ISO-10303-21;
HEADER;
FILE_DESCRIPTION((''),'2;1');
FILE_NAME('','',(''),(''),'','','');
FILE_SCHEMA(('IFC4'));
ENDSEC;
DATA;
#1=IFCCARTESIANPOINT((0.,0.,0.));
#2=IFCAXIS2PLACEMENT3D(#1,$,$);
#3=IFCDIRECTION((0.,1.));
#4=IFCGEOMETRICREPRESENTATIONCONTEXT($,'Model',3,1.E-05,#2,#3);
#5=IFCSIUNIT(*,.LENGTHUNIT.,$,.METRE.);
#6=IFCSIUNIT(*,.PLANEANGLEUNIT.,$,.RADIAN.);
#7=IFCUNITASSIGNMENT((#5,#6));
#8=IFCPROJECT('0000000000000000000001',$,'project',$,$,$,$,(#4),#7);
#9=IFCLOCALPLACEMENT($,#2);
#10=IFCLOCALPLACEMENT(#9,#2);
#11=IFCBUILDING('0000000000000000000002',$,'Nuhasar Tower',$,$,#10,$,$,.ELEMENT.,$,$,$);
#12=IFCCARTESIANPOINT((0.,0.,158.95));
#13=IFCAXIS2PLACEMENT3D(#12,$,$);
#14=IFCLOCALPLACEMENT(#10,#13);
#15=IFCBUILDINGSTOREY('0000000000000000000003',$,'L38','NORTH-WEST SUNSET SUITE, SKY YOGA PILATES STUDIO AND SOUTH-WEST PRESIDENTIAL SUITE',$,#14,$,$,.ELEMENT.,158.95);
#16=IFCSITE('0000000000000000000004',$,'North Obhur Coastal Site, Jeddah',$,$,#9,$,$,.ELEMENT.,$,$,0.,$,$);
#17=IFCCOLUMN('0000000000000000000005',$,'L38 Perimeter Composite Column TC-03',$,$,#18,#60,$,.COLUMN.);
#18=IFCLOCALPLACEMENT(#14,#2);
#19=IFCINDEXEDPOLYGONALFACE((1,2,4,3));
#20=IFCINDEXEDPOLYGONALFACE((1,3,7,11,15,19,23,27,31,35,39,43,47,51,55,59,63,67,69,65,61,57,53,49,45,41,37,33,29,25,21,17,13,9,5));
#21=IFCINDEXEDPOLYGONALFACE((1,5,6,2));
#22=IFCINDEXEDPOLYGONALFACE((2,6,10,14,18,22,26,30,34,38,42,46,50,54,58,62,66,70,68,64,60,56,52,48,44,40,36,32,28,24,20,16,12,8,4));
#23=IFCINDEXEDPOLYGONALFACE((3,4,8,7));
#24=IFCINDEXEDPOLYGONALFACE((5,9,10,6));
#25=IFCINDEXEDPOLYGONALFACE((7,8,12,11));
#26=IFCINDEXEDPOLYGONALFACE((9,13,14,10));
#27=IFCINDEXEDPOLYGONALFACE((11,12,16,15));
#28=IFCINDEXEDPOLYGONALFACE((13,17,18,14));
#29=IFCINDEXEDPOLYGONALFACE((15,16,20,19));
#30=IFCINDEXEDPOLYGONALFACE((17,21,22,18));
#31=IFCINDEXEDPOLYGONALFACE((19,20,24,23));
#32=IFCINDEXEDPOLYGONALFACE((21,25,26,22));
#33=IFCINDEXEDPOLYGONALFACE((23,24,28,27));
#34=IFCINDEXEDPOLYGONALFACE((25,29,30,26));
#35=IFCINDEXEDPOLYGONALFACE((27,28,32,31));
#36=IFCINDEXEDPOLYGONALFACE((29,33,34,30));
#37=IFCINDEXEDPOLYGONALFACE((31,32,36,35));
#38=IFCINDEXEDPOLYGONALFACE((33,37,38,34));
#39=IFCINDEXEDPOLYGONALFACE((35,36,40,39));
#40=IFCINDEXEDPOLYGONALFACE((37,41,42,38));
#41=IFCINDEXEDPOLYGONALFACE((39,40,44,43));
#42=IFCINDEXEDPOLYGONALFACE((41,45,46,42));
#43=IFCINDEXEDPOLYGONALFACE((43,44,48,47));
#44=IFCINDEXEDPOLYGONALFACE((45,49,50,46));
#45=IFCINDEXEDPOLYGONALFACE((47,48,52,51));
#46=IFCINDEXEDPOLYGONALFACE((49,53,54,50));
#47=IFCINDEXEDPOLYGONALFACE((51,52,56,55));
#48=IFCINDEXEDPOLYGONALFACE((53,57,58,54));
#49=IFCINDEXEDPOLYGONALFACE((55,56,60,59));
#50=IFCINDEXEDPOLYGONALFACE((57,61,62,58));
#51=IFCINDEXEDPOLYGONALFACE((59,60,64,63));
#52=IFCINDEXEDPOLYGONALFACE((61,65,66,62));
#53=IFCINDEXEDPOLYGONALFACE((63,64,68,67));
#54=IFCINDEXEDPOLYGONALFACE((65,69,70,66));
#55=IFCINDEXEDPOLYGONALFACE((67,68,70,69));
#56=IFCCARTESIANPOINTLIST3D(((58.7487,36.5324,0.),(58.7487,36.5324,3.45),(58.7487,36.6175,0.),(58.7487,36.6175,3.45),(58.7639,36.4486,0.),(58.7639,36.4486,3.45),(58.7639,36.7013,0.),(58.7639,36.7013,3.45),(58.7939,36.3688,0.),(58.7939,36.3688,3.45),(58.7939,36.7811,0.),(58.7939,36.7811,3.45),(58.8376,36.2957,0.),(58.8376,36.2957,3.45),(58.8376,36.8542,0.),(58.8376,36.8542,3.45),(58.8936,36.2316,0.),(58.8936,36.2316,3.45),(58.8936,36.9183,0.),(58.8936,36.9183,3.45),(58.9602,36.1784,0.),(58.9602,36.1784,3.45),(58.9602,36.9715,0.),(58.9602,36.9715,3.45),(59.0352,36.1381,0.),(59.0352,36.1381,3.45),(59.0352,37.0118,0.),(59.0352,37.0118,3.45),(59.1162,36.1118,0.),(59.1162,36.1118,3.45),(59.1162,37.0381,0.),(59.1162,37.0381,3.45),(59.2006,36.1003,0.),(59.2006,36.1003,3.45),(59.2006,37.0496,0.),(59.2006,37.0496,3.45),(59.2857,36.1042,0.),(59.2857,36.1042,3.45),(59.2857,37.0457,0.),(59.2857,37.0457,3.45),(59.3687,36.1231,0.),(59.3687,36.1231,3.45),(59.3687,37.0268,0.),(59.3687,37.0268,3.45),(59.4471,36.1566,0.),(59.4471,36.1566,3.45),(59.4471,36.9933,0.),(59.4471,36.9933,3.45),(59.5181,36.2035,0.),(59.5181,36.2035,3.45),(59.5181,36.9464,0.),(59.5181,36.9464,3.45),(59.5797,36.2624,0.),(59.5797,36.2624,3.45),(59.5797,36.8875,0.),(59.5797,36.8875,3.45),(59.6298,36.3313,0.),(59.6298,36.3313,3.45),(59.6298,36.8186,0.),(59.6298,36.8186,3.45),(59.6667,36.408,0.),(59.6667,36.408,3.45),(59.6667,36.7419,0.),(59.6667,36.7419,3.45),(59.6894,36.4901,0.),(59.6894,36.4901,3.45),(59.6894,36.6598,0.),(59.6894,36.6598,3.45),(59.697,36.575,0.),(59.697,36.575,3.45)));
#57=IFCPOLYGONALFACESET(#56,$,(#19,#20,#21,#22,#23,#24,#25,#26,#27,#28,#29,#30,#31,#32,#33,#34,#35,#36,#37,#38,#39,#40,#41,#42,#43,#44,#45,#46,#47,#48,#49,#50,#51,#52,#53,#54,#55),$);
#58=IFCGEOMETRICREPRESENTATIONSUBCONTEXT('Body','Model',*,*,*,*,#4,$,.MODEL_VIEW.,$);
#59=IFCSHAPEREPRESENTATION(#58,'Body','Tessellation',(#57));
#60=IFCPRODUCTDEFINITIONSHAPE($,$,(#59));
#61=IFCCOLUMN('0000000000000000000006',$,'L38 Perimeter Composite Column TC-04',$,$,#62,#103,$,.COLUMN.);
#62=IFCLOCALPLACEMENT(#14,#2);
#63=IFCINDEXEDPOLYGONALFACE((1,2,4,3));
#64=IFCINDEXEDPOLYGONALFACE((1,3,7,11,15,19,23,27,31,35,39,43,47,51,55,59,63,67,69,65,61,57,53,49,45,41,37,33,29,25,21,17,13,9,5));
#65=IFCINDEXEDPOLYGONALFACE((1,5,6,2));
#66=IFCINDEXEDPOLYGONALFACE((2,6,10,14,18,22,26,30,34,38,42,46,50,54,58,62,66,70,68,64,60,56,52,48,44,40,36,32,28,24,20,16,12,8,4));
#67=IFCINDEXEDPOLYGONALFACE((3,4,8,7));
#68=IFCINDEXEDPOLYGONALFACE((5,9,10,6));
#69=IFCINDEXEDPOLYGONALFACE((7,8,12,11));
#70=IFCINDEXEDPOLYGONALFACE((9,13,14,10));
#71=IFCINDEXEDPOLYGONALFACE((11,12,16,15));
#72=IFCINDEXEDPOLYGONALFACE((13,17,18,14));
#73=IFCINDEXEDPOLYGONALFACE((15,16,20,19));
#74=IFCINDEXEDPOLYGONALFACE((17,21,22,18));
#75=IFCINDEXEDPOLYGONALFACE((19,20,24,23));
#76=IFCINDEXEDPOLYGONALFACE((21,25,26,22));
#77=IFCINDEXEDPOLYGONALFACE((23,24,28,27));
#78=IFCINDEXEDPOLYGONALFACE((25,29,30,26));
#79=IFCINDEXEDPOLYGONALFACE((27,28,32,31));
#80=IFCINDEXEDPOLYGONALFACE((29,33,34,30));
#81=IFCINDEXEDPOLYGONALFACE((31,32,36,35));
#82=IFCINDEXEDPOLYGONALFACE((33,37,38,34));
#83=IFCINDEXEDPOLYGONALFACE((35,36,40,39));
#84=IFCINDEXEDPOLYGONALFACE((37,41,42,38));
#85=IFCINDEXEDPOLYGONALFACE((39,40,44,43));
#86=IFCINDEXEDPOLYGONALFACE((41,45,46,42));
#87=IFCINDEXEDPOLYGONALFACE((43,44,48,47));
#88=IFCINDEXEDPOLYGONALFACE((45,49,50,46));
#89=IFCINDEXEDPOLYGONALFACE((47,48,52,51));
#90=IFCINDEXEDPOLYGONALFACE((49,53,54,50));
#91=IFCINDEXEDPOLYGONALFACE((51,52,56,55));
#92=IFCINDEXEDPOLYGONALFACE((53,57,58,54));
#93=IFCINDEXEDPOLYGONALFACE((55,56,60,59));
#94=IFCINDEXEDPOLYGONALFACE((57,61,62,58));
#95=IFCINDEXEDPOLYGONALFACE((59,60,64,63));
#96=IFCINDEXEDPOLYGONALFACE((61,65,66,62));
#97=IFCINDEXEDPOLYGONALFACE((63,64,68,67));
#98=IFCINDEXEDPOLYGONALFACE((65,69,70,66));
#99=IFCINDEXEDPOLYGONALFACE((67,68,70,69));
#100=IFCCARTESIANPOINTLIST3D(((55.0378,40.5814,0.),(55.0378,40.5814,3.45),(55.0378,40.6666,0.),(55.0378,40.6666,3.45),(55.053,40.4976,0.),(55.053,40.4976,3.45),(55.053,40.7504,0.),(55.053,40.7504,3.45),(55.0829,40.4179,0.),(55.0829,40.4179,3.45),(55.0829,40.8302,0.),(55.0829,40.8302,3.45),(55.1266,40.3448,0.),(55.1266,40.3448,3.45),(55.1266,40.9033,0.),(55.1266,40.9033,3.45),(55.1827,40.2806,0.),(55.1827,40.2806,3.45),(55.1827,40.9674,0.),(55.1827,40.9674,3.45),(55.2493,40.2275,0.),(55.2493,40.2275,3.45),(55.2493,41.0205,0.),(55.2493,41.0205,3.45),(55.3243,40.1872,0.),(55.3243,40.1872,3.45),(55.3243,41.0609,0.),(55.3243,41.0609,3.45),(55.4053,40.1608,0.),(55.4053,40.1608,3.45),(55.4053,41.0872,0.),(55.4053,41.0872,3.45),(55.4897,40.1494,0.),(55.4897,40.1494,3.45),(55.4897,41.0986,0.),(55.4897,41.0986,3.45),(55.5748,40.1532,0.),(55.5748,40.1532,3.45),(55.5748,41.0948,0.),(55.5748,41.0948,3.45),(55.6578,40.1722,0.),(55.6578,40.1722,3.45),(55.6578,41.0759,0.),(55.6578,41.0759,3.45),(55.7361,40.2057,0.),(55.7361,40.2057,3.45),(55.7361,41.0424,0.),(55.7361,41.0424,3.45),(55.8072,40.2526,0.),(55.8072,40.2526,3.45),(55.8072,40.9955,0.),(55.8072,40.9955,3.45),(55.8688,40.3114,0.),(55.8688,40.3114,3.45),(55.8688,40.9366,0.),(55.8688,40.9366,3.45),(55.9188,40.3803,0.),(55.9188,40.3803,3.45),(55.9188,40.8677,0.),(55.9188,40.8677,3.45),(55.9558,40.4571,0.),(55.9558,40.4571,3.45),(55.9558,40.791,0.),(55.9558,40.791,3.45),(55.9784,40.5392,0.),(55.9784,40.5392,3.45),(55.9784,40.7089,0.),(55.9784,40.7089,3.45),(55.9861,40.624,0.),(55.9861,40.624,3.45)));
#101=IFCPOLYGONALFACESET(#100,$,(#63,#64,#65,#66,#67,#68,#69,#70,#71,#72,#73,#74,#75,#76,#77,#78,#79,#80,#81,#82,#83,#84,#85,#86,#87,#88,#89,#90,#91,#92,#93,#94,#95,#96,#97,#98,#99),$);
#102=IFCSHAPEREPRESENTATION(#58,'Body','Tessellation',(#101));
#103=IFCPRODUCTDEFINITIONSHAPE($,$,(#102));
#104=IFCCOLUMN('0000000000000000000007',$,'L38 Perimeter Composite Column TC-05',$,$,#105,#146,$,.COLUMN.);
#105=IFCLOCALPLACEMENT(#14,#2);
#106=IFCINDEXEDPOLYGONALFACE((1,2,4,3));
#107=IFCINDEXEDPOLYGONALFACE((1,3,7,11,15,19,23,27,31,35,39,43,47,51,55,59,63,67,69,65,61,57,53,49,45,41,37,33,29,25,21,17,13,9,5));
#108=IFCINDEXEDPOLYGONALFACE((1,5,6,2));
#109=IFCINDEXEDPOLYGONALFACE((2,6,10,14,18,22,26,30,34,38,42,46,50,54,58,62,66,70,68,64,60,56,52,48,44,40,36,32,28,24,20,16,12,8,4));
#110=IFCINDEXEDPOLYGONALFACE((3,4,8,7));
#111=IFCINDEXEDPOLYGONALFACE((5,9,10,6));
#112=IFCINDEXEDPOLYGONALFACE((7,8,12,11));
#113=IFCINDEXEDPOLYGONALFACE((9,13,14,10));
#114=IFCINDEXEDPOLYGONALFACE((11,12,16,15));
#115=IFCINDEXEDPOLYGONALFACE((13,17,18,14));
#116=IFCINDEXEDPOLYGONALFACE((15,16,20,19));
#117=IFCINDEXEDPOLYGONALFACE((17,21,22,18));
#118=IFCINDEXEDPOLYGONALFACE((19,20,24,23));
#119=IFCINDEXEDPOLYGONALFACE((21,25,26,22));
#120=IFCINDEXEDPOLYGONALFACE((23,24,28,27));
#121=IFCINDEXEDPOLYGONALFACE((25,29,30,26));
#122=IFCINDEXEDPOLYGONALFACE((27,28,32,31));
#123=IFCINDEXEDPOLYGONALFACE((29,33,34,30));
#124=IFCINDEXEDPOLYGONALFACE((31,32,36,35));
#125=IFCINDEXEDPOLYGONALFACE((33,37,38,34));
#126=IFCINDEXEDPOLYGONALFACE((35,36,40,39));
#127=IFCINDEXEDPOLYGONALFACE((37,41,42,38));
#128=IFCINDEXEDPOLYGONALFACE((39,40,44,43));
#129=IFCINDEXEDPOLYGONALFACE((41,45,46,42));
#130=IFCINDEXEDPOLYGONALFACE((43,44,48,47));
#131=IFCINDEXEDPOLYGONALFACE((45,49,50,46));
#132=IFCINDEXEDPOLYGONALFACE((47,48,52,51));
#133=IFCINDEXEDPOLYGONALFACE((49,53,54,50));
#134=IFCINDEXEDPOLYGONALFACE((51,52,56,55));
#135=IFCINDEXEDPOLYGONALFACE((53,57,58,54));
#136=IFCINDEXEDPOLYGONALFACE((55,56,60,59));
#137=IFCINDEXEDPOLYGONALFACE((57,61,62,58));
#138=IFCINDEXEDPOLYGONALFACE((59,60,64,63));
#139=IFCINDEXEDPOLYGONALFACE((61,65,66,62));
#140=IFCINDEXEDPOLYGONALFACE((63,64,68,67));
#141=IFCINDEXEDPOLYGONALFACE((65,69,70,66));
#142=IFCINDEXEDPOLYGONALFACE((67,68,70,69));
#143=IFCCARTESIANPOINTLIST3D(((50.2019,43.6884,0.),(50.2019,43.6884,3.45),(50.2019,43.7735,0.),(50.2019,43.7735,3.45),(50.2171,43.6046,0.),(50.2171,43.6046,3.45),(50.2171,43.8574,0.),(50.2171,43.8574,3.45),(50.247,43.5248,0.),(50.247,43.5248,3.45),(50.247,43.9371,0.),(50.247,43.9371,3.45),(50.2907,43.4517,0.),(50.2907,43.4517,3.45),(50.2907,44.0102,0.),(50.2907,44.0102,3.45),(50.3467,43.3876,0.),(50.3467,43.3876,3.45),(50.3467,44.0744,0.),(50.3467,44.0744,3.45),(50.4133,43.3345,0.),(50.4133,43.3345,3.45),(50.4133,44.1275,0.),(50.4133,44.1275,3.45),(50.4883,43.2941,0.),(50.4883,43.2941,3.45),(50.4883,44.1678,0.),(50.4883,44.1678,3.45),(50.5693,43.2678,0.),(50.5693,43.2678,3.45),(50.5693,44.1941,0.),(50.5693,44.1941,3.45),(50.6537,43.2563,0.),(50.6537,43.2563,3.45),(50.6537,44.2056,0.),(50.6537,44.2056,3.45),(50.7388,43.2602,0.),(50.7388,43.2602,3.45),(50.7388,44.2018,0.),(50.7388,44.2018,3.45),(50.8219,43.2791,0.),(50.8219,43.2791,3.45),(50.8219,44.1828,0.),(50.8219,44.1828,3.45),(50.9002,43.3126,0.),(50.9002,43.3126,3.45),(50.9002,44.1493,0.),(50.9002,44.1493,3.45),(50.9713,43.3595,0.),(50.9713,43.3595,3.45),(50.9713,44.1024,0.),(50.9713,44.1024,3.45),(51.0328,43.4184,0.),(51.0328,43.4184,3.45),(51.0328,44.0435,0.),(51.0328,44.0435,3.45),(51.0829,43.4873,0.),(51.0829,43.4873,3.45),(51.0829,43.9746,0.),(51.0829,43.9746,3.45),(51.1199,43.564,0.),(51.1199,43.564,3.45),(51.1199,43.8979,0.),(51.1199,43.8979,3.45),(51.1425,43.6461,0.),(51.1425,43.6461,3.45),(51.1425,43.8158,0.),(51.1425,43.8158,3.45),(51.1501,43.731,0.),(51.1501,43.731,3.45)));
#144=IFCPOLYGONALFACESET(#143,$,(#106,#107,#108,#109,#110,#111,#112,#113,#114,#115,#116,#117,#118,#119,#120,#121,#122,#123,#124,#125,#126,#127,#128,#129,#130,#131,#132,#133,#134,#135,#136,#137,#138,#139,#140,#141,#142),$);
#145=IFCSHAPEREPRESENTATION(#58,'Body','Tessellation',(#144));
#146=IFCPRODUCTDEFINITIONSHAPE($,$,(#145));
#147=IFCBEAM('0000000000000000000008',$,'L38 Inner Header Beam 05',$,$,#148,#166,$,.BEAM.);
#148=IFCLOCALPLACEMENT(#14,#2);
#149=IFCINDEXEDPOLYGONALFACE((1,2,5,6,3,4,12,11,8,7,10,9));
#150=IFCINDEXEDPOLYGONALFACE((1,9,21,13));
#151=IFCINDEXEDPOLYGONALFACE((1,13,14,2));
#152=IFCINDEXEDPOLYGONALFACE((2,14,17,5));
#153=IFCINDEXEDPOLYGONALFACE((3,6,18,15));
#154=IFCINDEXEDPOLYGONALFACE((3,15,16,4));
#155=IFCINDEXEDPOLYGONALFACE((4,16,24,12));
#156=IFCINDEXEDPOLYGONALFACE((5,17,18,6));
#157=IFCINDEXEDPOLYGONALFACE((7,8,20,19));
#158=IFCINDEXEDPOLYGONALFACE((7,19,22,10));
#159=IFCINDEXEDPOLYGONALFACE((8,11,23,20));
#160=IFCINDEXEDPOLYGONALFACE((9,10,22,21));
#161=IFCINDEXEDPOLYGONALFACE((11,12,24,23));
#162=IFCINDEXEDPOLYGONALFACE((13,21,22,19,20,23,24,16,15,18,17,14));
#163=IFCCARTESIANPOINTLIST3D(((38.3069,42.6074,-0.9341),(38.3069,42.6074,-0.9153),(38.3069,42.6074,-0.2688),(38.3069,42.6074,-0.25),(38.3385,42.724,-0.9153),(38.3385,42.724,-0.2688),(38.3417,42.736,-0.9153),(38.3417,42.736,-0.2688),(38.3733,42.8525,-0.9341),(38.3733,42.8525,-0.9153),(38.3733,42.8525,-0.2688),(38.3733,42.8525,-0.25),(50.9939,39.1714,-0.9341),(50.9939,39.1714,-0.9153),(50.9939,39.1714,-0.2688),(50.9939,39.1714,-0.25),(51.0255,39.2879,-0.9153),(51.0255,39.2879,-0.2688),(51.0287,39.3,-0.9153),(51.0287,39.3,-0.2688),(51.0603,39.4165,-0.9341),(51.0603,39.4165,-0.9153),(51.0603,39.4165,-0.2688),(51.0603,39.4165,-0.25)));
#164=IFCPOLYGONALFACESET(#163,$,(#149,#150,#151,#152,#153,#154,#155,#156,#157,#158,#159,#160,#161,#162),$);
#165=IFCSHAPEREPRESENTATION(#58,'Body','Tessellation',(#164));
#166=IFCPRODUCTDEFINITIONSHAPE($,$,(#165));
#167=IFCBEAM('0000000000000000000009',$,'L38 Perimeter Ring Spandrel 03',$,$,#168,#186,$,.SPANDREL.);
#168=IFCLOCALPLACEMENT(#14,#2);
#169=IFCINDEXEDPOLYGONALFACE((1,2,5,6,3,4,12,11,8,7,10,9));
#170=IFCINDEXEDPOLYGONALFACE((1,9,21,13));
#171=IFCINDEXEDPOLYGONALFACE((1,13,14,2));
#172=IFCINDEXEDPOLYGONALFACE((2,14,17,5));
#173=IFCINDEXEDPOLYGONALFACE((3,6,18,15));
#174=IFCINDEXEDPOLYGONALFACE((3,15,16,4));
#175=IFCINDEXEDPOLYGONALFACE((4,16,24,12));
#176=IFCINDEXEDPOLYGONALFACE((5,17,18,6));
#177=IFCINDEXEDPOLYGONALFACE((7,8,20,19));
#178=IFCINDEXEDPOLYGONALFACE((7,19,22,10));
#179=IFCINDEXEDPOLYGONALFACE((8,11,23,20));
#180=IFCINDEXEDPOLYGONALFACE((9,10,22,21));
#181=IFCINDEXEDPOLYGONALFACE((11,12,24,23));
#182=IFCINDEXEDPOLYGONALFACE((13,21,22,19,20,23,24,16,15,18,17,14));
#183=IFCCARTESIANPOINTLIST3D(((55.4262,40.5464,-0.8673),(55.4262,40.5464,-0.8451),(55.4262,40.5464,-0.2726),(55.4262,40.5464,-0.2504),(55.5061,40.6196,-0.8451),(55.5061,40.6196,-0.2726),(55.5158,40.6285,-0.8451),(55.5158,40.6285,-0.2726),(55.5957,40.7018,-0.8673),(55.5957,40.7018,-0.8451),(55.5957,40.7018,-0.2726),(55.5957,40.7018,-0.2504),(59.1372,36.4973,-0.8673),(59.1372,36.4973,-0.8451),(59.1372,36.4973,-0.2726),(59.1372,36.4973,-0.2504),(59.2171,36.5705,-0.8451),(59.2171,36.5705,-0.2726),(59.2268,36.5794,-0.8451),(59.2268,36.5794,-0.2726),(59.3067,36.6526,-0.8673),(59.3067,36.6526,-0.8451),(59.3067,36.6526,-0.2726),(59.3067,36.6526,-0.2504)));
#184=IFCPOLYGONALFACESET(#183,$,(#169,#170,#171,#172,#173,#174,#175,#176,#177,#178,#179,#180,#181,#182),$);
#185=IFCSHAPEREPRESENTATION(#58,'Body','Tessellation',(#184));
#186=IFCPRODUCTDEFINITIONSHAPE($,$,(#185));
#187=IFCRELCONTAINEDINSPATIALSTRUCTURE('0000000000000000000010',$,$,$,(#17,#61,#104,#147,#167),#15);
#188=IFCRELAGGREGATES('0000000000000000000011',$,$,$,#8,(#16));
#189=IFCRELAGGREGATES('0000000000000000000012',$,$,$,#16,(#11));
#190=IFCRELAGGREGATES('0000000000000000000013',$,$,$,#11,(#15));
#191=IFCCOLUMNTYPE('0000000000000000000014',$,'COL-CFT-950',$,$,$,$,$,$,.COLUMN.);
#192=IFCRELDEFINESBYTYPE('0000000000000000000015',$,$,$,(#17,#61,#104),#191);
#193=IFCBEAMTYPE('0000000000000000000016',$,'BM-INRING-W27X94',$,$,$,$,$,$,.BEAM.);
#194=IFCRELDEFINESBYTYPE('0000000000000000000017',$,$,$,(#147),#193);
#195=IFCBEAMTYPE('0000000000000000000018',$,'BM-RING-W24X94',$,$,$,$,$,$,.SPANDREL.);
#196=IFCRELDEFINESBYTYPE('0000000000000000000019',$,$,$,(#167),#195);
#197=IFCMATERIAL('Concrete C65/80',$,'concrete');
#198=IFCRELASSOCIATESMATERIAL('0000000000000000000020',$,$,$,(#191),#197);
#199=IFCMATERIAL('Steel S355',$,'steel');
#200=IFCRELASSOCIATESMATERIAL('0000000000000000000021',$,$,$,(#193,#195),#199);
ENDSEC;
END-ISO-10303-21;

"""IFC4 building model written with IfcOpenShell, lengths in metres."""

from ifc_helpers import new_model, si_unit, direction, frame, origin, origin_2d, place, context, subcontext, project, spatial, circle, i_section, extrude, material, material_profile, profile_set, type_object, element, save


model = new_model("IFC4")

# Units and contexts
model_context = context("Model", 3, precision=1e-05, world=origin(), true_north=direction((0.0, 1.0)))
body_context = subcontext(model_context, "Body", "Model", "MODEL_VIEW")
ifc_project = project(units=[si_unit("LENGTHUNIT", "METRE"), si_unit("PLANEANGLEUNIT", "RADIAN")], contexts=[model_context])

# Site, building, storey
site_placement = place(None, origin())
site = spatial("IfcSite", under=ifc_project, at=site_placement, Name="North Obhur Coastal Site, Jeddah", CompositionType="ELEMENT", RefElevation=0.0)
building_placement = place(site_placement, origin())
building = spatial("IfcBuilding", under=site, at=building_placement, Name="Nuhasar Tower", CompositionType="ELEMENT")
storey_placement = place(building_placement, frame((0.0, 0.0, 158.95)))
storey = spatial("IfcBuildingStorey", under=building, at=storey_placement, Name="L38", Description="NORTH-WEST SUNSET SUITE, SKY YOGA PILATES STUDIO AND SOUTH-WEST PRESIDENTIAL SUITE", CompositionType="ELEMENT", Elevation=158.95)

# Columns
ifc_material_1 = material(Name="Concrete C65/80", Category="concrete")
ifc_material_profile_1 = material_profile(ifc_material_1, circle(Radius=0.4751, at=origin_2d()), Name="CFT950")
ifc_profile_set_1 = profile_set([ifc_material_profile_1], Name="Concrete C65/80")
column_type = type_object("IfcColumnType", Name="COL-CFT-950", PredefinedType="COLUMN", material=ifc_profile_set_1)
for number, where, z_axis, x_axis, name in (
    (1, (59.2219, 36.575, 0.0), (0.0, 0.0, 1.0), (1.0, 0.0, 0.0), "L38 Perimeter Composite Column TC-03"),
    (2, (55.511, 40.624, 0.0), (0.0, 0.0, 1.0), (1.0, 0.0, 0.0), "L38 Perimeter Composite Column TC-04"),
    (3, (50.675, 43.731, 0.0), (0.0, 0.0, 1.0), (1.0, 0.0, 0.0), "L38 Perimeter Composite Column TC-05"),
):
    element("IfcColumn", number, at=place(storey_placement, frame(where, z_axis=z_axis, x_axis=x_axis)), inside=storey, type_object=column_type, Name=name, PredefinedType="COLUMN", context=body_context, shape_type="SweptSolid", body=[
        extrude(circle(Radius=0.4751, at=origin_2d()), origin(), (0.0, 0.0, 1.0), 3.45),
    ])

# Beams
ifc_material_2 = material(Name="Steel S355", Category="steel")
ifc_material_profile_2 = material_profile(ifc_material_2, i_section(OverallWidth=0.2539, OverallDepth=0.6841, WebThickness=0.0125, FlangeThickness=0.0188, at=origin_2d()), Name="W27X94")
ifc_profile_set_2 = profile_set([ifc_material_profile_2], Name="Steel S355")
beam_type_1 = type_object("IfcBeamType", Name="BM-INRING-W27X94", PredefinedType="BEAM", material=ifc_profile_set_2)
beam_1_placement = place(storey_placement, frame((51.0271, 39.2939, -0.592), z_axis=(-0.965227, 0.261413, 0.0), x_axis=(-0.261413, -0.965227, 0.0)))
element("IfcBeam", 4, at=beam_1_placement, inside=storey, type_object=beam_type_1, Name="L38 Inner Header Beam 05", PredefinedType="BEAM", context=body_context, shape_type="SweptSolid", body=[
    extrude(i_section(OverallWidth=0.2539, OverallDepth=0.6841, WebThickness=0.0125, FlangeThickness=0.0188, at=origin_2d()), origin(), (0.0, 0.0, 1.0), 13.144),
])
ifc_material_profile_3 = material_profile(ifc_material_2, i_section(OverallWidth=0.23, OverallDepth=0.6169, WebThickness=0.0132, FlangeThickness=0.0222, at=origin_2d()), Name="W24X94")
ifc_profile_set_3 = profile_set([ifc_material_profile_3], Name="Steel S355")
beam_type_2 = type_object("IfcBeamType", Name="BM-RING-W24X94", PredefinedType="SPANDREL", material=ifc_profile_set_3)
beam_2_placement = place(storey_placement, frame((59.2219, 36.575, -0.5588), z_axis=(-0.675654, 0.737219, 0.0), x_axis=(-0.737219, -0.675654, 0.0)))
element("IfcBeam", 5, at=beam_2_placement, inside=storey, type_object=beam_type_2, Name="L38 Perimeter Ring Spandrel 03", PredefinedType="SPANDREL", context=body_context, shape_type="SweptSolid", body=[
    extrude(i_section(OverallWidth=0.23, OverallDepth=0.6169, WebThickness=0.0132, FlangeThickness=0.0222, at=origin_2d()), origin(), (0.0, 0.0, 1.0), 5.4924),
])

save(model, "model.ifc")
